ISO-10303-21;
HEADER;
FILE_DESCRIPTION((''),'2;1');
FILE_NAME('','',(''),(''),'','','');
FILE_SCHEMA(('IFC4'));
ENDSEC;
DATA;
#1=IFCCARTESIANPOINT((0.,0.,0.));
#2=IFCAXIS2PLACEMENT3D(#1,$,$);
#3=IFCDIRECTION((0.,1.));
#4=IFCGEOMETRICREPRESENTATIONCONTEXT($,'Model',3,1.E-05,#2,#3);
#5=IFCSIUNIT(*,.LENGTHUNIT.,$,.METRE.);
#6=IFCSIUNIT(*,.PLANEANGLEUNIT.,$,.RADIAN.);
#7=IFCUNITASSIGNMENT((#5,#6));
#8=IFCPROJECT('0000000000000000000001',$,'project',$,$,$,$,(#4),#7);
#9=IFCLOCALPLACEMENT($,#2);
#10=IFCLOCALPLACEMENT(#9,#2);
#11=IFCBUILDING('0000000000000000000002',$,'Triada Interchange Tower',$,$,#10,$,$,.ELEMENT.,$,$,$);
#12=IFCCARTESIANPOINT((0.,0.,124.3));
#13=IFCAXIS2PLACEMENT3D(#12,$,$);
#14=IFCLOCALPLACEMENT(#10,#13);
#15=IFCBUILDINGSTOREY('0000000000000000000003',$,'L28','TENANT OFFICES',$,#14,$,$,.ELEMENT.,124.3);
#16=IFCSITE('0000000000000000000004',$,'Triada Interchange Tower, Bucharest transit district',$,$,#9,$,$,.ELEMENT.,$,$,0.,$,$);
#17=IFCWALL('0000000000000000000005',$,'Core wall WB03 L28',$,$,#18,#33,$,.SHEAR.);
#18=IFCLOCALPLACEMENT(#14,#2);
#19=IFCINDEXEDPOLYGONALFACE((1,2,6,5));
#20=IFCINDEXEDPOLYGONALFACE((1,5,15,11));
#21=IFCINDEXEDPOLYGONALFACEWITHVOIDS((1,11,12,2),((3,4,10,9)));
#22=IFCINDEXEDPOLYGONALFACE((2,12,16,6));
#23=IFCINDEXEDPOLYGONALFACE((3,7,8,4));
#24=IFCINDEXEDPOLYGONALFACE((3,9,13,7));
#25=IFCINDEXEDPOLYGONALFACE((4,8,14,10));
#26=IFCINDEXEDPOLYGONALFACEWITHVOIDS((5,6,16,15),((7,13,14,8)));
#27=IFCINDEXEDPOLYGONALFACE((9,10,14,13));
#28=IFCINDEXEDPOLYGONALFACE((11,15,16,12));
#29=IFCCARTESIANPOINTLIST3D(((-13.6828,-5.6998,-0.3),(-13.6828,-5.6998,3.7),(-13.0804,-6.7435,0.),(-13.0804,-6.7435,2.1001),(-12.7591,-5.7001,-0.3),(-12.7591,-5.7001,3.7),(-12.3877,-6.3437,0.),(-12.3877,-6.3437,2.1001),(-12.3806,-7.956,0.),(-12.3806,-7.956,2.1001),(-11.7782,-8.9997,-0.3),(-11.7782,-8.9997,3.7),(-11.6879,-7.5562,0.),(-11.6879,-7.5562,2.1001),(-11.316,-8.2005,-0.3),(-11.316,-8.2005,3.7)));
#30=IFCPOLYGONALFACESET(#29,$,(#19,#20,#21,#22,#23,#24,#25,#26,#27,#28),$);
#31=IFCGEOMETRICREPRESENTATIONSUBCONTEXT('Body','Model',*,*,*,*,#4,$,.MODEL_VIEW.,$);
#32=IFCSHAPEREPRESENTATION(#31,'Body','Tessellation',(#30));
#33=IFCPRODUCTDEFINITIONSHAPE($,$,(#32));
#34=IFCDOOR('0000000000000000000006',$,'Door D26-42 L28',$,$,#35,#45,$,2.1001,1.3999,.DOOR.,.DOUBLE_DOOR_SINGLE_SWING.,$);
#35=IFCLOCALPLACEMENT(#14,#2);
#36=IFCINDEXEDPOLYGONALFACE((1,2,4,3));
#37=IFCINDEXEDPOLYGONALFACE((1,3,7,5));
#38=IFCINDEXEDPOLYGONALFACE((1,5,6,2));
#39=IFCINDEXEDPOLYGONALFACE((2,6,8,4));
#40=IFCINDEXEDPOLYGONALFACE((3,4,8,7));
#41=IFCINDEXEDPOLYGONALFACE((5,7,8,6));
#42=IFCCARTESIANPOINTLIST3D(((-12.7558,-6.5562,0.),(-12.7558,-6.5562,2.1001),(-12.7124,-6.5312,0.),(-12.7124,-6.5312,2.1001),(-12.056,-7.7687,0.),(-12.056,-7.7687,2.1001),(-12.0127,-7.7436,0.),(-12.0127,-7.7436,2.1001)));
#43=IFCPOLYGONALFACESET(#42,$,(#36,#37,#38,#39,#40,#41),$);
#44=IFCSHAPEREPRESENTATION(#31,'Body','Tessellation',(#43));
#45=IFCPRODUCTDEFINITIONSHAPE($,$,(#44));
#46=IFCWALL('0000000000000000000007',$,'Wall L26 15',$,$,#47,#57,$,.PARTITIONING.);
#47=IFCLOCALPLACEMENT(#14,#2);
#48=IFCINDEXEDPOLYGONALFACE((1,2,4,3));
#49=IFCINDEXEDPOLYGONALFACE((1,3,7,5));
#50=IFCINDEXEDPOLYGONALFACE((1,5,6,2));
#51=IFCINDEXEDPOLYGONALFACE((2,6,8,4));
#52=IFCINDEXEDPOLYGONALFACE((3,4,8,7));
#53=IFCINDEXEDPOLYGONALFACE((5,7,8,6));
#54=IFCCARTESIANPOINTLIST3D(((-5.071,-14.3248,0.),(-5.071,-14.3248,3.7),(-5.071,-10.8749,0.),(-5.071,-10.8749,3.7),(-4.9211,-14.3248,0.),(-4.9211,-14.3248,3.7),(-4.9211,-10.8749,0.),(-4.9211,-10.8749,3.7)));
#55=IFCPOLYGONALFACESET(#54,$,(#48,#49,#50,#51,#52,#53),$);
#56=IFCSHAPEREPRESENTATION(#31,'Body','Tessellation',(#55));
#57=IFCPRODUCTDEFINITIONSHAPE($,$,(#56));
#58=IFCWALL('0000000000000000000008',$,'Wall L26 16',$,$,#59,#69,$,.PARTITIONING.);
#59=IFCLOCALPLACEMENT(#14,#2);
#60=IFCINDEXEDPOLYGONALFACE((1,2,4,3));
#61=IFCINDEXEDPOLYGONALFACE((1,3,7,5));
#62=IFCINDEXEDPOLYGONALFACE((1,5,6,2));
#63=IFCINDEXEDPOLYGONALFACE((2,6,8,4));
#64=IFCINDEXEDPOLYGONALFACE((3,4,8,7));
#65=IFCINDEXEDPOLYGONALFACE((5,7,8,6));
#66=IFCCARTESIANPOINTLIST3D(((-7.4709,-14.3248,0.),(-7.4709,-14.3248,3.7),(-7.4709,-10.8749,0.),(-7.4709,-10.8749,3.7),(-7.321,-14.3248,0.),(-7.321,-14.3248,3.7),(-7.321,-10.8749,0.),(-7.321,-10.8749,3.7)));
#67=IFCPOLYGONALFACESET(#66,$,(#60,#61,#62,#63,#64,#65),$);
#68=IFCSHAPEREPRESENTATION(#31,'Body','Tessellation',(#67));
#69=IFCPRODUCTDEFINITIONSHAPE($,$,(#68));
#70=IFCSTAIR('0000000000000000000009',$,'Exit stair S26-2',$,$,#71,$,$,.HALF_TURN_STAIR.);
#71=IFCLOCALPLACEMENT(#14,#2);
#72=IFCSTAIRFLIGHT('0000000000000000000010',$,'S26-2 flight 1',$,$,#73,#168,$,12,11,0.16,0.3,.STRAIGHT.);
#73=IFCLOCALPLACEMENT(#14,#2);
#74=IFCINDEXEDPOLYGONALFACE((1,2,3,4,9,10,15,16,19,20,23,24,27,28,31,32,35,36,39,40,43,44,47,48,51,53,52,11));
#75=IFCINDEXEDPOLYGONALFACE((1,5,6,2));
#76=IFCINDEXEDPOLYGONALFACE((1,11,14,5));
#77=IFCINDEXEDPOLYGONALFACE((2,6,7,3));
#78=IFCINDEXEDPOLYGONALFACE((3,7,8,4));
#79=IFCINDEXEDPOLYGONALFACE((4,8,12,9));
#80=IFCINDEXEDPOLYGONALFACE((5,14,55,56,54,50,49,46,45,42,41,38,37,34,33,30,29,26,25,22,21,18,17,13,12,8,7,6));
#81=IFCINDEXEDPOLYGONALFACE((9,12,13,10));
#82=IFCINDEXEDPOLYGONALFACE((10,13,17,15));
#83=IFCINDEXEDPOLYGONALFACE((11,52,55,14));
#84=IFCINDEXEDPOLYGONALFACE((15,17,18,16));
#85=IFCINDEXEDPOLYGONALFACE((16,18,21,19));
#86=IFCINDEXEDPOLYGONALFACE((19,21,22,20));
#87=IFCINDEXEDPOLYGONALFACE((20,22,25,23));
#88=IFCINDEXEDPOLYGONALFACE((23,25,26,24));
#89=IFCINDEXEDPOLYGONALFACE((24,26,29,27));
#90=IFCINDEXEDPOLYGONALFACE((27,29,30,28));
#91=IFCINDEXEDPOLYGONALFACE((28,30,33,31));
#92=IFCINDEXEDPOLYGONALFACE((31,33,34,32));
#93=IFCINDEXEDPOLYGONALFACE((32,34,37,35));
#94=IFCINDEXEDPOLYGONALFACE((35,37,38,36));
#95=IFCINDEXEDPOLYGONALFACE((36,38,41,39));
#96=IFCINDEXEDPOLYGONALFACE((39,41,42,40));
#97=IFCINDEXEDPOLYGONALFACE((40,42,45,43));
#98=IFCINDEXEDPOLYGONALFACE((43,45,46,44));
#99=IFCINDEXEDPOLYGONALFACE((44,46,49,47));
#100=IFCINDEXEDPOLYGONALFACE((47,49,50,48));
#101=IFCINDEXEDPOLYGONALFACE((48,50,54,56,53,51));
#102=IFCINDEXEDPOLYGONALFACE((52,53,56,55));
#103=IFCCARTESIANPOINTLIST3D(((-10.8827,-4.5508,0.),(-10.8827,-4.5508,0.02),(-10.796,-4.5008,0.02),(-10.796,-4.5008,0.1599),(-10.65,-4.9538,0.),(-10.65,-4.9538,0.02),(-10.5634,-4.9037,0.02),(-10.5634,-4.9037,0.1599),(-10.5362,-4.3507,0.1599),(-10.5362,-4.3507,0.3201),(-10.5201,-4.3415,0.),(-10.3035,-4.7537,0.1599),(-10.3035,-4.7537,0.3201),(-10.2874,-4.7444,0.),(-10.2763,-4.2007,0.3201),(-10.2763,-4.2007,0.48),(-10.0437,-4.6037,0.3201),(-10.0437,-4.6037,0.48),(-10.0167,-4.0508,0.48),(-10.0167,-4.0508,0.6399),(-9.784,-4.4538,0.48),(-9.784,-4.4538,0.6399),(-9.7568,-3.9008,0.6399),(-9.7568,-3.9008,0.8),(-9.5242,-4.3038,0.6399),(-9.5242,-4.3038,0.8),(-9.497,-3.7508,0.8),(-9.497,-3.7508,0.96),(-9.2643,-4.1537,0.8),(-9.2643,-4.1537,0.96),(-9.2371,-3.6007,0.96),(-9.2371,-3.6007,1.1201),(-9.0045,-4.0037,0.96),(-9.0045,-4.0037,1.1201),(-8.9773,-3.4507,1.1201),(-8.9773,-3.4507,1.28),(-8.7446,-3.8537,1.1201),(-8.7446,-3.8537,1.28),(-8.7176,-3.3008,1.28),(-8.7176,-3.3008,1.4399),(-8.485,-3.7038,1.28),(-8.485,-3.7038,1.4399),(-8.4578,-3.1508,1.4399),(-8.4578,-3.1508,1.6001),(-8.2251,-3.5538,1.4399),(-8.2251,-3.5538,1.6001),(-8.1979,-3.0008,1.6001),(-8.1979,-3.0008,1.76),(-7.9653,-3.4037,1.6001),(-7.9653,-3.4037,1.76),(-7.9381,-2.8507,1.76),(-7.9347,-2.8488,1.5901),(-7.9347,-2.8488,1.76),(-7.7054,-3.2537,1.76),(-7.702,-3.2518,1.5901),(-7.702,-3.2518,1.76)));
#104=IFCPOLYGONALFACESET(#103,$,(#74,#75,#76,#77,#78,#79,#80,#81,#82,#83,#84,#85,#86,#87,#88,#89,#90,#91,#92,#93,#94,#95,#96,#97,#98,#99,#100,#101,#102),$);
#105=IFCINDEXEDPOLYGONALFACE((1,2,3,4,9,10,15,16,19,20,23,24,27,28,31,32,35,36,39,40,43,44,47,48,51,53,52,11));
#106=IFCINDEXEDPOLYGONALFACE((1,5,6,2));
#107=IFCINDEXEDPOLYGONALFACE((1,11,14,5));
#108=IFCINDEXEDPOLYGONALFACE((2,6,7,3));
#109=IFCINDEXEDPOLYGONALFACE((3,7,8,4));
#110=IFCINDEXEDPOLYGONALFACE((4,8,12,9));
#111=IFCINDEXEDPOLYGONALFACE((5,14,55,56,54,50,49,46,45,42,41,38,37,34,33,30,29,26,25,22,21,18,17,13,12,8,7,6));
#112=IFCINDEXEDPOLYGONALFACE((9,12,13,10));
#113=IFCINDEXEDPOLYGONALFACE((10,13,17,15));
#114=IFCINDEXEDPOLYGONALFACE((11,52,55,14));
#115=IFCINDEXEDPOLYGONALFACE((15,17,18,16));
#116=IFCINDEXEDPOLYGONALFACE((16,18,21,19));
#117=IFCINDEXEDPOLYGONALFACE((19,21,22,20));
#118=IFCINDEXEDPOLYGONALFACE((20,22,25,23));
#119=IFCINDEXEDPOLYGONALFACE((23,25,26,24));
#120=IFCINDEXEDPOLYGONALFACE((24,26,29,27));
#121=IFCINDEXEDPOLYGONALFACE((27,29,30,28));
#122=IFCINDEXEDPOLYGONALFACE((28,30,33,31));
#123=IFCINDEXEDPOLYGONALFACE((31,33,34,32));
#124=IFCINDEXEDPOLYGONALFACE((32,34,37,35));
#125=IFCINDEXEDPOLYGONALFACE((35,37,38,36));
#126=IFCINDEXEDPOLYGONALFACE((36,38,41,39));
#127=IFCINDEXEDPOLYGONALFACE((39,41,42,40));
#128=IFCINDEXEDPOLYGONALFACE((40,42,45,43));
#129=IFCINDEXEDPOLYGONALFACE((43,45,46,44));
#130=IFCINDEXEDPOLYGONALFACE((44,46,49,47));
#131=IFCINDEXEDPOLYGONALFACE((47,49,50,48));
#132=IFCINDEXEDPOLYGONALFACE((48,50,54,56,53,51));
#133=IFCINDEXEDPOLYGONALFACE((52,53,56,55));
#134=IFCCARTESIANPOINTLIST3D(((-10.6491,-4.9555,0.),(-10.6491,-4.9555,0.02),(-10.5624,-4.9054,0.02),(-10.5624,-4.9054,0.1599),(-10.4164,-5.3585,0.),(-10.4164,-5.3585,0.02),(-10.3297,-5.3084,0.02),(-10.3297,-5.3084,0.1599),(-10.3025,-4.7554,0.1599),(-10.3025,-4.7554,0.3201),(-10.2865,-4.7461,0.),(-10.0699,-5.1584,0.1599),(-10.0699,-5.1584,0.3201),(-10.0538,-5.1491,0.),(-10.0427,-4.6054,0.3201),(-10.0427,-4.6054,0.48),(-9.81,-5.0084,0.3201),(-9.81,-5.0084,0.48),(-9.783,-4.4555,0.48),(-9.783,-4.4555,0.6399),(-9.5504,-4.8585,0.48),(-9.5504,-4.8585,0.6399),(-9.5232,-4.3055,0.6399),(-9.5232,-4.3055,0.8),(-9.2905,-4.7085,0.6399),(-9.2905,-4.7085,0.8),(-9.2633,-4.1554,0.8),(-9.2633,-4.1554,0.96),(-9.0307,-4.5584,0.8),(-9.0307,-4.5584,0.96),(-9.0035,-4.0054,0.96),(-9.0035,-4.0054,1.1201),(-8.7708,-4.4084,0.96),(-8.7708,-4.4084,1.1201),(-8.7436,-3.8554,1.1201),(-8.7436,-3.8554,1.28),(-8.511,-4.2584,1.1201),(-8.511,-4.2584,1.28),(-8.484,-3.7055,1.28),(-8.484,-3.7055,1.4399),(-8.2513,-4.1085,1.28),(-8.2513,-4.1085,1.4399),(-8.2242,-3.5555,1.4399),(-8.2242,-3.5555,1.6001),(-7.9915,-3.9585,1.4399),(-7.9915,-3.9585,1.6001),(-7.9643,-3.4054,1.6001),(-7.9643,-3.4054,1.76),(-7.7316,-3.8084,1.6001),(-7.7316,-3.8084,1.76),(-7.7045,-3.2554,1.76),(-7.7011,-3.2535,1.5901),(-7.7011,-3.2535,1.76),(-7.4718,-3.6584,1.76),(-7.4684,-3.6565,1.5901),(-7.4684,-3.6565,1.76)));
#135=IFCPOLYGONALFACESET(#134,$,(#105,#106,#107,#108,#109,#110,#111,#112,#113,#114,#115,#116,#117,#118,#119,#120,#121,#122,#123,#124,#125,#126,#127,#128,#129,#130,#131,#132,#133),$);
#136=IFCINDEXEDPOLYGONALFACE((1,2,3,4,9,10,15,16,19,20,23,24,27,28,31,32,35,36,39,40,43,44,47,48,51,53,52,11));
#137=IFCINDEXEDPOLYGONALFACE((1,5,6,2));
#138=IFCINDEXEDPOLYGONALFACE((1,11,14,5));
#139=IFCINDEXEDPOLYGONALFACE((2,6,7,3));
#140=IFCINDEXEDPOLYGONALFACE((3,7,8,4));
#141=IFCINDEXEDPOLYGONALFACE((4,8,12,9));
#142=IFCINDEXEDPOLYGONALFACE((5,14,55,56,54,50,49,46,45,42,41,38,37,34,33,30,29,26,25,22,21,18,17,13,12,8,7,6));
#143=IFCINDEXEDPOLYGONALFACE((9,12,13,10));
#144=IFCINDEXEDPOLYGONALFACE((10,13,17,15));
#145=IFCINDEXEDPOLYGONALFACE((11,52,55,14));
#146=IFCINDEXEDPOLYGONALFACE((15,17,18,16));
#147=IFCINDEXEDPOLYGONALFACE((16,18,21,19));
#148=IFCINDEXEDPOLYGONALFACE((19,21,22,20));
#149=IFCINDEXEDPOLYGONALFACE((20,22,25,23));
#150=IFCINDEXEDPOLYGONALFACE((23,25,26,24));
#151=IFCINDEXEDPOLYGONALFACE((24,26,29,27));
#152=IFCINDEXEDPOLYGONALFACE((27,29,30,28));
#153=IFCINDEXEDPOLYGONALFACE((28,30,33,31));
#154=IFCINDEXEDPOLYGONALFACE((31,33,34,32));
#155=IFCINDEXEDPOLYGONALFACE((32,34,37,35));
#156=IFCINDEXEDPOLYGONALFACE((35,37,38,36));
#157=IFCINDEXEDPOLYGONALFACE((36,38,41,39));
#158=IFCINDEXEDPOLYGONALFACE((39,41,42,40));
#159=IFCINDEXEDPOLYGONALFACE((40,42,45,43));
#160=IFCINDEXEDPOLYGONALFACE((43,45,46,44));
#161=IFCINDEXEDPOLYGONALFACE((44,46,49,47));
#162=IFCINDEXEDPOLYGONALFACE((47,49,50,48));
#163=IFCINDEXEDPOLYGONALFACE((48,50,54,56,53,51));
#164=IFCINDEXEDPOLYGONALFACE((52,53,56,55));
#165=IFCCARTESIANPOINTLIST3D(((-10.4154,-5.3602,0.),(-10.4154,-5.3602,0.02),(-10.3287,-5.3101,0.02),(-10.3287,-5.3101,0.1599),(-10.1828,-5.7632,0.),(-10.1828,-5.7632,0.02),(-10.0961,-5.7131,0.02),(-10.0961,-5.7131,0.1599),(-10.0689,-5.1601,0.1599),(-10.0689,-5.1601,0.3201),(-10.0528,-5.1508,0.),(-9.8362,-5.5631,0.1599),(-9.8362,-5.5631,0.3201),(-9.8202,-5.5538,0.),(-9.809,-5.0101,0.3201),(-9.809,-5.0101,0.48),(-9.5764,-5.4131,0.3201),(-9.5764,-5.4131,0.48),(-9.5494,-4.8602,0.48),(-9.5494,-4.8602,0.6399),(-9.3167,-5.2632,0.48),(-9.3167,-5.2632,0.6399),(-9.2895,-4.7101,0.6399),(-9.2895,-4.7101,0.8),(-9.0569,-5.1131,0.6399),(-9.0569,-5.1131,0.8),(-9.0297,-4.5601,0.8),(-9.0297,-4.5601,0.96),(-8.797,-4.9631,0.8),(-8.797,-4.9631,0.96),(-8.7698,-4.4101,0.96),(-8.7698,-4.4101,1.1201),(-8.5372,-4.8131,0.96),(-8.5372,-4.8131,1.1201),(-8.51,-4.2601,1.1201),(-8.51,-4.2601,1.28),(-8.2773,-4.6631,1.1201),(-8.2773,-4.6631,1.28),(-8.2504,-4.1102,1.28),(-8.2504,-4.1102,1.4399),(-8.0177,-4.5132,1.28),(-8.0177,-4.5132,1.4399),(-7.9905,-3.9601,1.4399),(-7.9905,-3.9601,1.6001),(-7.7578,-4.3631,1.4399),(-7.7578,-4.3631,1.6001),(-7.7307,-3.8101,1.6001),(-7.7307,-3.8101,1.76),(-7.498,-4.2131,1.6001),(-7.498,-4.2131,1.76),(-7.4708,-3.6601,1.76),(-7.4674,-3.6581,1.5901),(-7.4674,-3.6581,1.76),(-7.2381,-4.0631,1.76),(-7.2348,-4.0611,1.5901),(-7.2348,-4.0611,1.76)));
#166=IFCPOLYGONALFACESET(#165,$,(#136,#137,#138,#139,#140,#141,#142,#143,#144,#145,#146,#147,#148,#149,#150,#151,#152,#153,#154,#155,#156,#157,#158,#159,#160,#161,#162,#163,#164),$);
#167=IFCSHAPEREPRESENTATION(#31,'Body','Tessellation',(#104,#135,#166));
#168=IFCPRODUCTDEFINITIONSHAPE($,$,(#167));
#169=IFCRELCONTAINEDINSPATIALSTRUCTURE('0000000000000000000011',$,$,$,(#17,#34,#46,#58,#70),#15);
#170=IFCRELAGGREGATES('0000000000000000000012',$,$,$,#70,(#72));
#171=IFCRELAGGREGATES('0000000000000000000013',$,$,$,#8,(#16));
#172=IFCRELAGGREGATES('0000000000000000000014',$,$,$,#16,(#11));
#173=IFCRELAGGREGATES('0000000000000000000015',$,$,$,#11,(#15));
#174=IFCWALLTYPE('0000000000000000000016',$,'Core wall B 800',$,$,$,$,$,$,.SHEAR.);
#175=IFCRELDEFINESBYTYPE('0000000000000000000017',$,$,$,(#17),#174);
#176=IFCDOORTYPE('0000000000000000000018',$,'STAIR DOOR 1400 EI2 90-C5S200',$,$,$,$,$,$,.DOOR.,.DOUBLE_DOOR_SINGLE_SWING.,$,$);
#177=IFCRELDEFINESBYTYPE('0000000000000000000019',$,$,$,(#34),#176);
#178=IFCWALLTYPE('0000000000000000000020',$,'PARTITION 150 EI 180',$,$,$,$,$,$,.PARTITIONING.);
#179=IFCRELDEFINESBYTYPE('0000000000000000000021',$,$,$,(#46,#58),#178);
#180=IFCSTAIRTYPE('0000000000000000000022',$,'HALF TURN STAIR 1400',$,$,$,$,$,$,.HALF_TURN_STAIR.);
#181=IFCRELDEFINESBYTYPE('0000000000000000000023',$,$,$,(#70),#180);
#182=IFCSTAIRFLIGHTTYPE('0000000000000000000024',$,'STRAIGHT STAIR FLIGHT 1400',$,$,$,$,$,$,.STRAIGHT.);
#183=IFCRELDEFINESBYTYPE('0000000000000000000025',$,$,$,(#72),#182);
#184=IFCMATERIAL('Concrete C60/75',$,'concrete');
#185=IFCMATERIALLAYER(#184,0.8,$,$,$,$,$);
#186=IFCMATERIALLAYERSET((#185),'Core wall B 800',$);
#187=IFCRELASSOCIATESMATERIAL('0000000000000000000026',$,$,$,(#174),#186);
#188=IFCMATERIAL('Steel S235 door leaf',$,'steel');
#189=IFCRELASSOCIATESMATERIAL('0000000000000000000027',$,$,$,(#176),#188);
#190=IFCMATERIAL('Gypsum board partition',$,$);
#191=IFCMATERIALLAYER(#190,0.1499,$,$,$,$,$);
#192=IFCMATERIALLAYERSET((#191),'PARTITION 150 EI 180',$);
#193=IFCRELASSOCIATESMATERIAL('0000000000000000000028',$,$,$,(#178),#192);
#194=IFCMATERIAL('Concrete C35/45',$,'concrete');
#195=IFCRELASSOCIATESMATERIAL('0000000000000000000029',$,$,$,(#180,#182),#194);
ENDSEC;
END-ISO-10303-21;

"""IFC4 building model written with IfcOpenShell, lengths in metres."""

from ifc_helpers import new_model, si_unit, direction, frame, frame_2d, origin, place, context, subcontext, project, spatial, polyline, rectangle, outline, extrude, material, layer, layer_set, type_object, element, fill, aggregate, save


model = new_model("IFC4")

# Units and contexts
model_context = context("Model", 3, precision=1e-05, world=origin(), true_north=direction((0.0, 1.0)))
body_context = subcontext(model_context, "Body", "Model", "MODEL_VIEW")
ifc_project = project(units=[si_unit("LENGTHUNIT", "METRE"), si_unit("PLANEANGLEUNIT", "RADIAN")], contexts=[model_context])

# Site, building, storey
site_placement = place(None, origin())
site = spatial("IfcSite", under=ifc_project, at=site_placement, Name="Triada Interchange Tower, Bucharest transit district", CompositionType="ELEMENT", RefElevation=0.0)
building_placement = place(site_placement, origin())
building = spatial("IfcBuilding", under=site, at=building_placement, Name="Triada Interchange Tower", CompositionType="ELEMENT")
storey_placement = place(building_placement, frame((0.0, 0.0, 124.3)))
storey = spatial("IfcBuildingStorey", under=building, at=storey_placement, Name="L28", Description="TENANT OFFICES", CompositionType="ELEMENT", Elevation=124.3)

# Shared definitions
ifc_material_1 = material(Name="Steel S235 door leaf", Category="steel")

# Wall, opening, door
ifc_material_2 = material(Name="Concrete C60/75", Category="concrete")
ifc_layer_1 = layer(ifc_material_2, 0.8)
ifc_layer_set_1 = layer_set([ifc_layer_1], Name="Core wall B 800")
wall_type_1 = type_object("IfcWallType", Name="Core wall B 800", PredefinedType="SHEAR", material=ifc_layer_set_1)
wall_1_placement = place(storey_placement, frame((-13.2209, -5.7, -0.3), z_axis=(0.0, 0.0, 1.0), x_axis=(0.499872, -0.866099, 0.0)))
wall_1 = element("IfcWall", 1, at=wall_1_placement, inside=storey, type_object=wall_type_1, Name="Core wall WB03 L28", PredefinedType="SHEAR", context=body_context, shape_type="SweptSolid", body=[
    extrude(outline(polyline([(-0.231, -0.3999), (1.6741, -0.3999), (3.5791, -0.3999), (3.1179, 0.3999), (1.6743, 0.3999), (0.231, 0.3999), (-0.231, -0.3999)])), origin(), (0.0, 0.0, 1.0), 4.0),
])
opening_1_placement = place(wall_1_placement, frame((0.9741, 0.0, 0.3)))
opening_1 = element("IfcOpeningElement", 2, at=opening_1_placement, cuts=wall_1, PredefinedType="OPENING", context=body_context, shape_type="SweptSolid", body=[
    extrude(rectangle(XDim=1.3999, YDim=2.1001, at=frame_2d((0.7, 1.05))), frame((0.0, 0.4099, 0.0), z_axis=(0.0, -1.0, 0.0), x_axis=(1.0, 0.0, 0.0)), (0.0, 0.0, 1.0), 0.8201),
])
door_type_1 = type_object("IfcDoorType", Name="STAIR DOOR 1400 EI2 90-C5S200", OperationType="DOUBLE_DOOR_SINGLE_SWING", PredefinedType="DOOR", material=ifc_material_1)
door_1_placement = place(opening_1_placement, origin())
door_1 = element("IfcDoor", 3, at=door_1_placement, inside=storey, type_object=door_type_1, Name="Door D26-42 L28", OperationType="DOUBLE_DOOR_SINGLE_SWING", OverallHeight=2.1001, OverallWidth=1.3999, PredefinedType="DOOR", context=body_context, shape_type="SweptSolid", body=[
    extrude(rectangle(XDim=1.3999, YDim=2.1001, at=frame_2d((0.7, 1.05))), frame((0.0, 0.0249, 0.0), z_axis=(0.0, -1.0, 0.0), x_axis=(1.0, 0.0, 0.0)), (0.0, 0.0, 1.0), 0.05),
])
fill(opening_1, door_1)

# Walls
ifc_material_3 = material(Name="Gypsum board partition")
ifc_layer_2 = layer(ifc_material_3, 0.1499)
ifc_layer_set_2 = layer_set([ifc_layer_2], Name="PARTITION 150 EI 180")
wall_type_2 = type_object("IfcWallType", Name="PARTITION 150 EI 180", PredefinedType="PARTITIONING", material=ifc_layer_set_2)
for number, where, z_axis, x_axis, name in (
    (4, (-4.9961, -14.325, 0.0), (0.0, 0.0, 1.0), (0.0, 1.0, 0.0), "Wall L26 15"),
    (5, (-7.396, -14.325, 0.0), (0.0, 0.0, 1.0), (0.0, 1.0, 0.0), "Wall L26 16"),
):
    element("IfcWall", number, at=place(storey_placement, frame(where, z_axis=z_axis, x_axis=x_axis)), inside=storey, type_object=wall_type_2, Name=name, PredefinedType="PARTITIONING", context=body_context, shape_type="SweptSolid", body=[
        extrude(rectangle(XDim=3.45, YDim=0.1499, at=frame_2d((1.7251, 0.0))), origin(), (0.0, 0.0, 1.0), 3.7),
    ])

# Stair, stair flight
ifc_material_4 = material(Name="Concrete C35/45", Category="concrete")
stair_type = type_object("IfcStairType", Name="HALF TURN STAIR 1400", PredefinedType="HALF_TURN_STAIR", material=ifc_material_4)
stair_placement = place(storey_placement, origin())
stair = element("IfcStair", 6, at=stair_placement, inside=storey, type_object=stair_type, Name="Exit stair S26-2", PredefinedType="HALF_TURN_STAIR")
stair_flight_type = type_object("IfcStairFlightType", Name="STRAIGHT STAIR FLIGHT 1400", PredefinedType="STRAIGHT", material=ifc_material_4)
stair_flight_1_placement = place(storey_placement, frame((-10.446, -5.1069, 0.0), z_axis=(0.0, 0.0, 1.0), x_axis=(0.866025, 0.5, 0.0)))
stair_flight_1 = element("IfcStairFlight", 7, at=stair_flight_1_placement, type_object=stair_flight_type, Name="S26-2 flight 1", NumberOfRisers=12, NumberOfTreads=11, PredefinedType="STRAIGHT", RiserHeight=0.16, TreadLength=0.3, context=body_context, shape_type="SweptSolid", body=[
    extrude(outline(polyline([(-0.1001, 0.0), (-0.1001, 0.02), (0.0, 0.02), (0.0, 0.1599), (0.3, 0.1599), (0.3, 0.3201), (0.6001, 0.3201), (0.6001, 0.48), (0.8999, 0.48), (0.8999, 0.6399), (1.2, 0.6399), (1.2, 0.8), (1.5, 0.8), (1.5, 0.96), (1.8, 0.96), (1.8, 1.1201), (2.1001, 1.1201), (2.1001, 1.28), (2.3999, 1.28), (2.3999, 1.4399), (2.7, 1.4399), (2.7, 1.6001), (3.0, 1.6001), (3.0, 1.76), (3.3, 1.76), (3.304, 1.76), (3.304, 1.9199), (3.304, 1.5901), (0.3186, 0.0), (-0.1001, 0.0)])), frame((0.0, 0.7, 0.0), z_axis=(0.0, -1.0, 0.0), x_axis=(1.0, 0.0, 0.0)), (0.0, 0.0, 1.0), 0.4653),
    extrude(outline(polyline([(-0.1001, 0.0), (-0.1001, 0.02), (0.0, 0.02), (0.0, 0.1599), (0.3, 0.1599), (0.3, 0.3201), (0.6001, 0.3201), (0.6001, 0.48), (0.8999, 0.48), (0.8999, 0.6399), (1.2, 0.6399), (1.2, 0.8), (1.5, 0.8), (1.5, 0.96), (1.8, 0.96), (1.8, 1.1201), (2.1001, 1.1201), (2.1001, 1.28), (2.3999, 1.28), (2.3999, 1.4399), (2.7, 1.4399), (2.7, 1.6001), (3.0, 1.6001), (3.0, 1.76), (3.3, 1.76), (3.304, 1.76), (3.304, 1.9199), (3.304, 1.5901), (0.3186, 0.0), (-0.1001, 0.0)])), frame((0.0, 0.2327, 0.0), z_axis=(0.0, -1.0, 0.0), x_axis=(1.0, 0.0, 0.0)), (0.0, 0.0, 1.0), 0.4653),
    extrude(outline(polyline([(-0.1001, 0.0), (-0.1001, 0.02), (0.0, 0.02), (0.0, 0.1599), (0.3, 0.1599), (0.3, 0.3201), (0.6001, 0.3201), (0.6001, 0.48), (0.8999, 0.48), (0.8999, 0.6399), (1.2, 0.6399), (1.2, 0.8), (1.5, 0.8), (1.5, 0.96), (1.8, 0.96), (1.8, 1.1201), (2.1001, 1.1201), (2.1001, 1.28), (2.3999, 1.28), (2.3999, 1.4399), (2.7, 1.4399), (2.7, 1.6001), (3.0, 1.6001), (3.0, 1.76), (3.3, 1.76), (3.304, 1.76), (3.304, 1.9199), (3.304, 1.5901), (0.3186, 0.0), (-0.1001, 0.0)])), frame((0.0, -0.2346, 0.0), z_axis=(0.0, -1.0, 0.0), x_axis=(1.0, 0.0, 0.0)), (0.0, 0.0, 1.0), 0.4653),
])
aggregate(stair, [stair_flight_1])

save(model, "model.ifc")
